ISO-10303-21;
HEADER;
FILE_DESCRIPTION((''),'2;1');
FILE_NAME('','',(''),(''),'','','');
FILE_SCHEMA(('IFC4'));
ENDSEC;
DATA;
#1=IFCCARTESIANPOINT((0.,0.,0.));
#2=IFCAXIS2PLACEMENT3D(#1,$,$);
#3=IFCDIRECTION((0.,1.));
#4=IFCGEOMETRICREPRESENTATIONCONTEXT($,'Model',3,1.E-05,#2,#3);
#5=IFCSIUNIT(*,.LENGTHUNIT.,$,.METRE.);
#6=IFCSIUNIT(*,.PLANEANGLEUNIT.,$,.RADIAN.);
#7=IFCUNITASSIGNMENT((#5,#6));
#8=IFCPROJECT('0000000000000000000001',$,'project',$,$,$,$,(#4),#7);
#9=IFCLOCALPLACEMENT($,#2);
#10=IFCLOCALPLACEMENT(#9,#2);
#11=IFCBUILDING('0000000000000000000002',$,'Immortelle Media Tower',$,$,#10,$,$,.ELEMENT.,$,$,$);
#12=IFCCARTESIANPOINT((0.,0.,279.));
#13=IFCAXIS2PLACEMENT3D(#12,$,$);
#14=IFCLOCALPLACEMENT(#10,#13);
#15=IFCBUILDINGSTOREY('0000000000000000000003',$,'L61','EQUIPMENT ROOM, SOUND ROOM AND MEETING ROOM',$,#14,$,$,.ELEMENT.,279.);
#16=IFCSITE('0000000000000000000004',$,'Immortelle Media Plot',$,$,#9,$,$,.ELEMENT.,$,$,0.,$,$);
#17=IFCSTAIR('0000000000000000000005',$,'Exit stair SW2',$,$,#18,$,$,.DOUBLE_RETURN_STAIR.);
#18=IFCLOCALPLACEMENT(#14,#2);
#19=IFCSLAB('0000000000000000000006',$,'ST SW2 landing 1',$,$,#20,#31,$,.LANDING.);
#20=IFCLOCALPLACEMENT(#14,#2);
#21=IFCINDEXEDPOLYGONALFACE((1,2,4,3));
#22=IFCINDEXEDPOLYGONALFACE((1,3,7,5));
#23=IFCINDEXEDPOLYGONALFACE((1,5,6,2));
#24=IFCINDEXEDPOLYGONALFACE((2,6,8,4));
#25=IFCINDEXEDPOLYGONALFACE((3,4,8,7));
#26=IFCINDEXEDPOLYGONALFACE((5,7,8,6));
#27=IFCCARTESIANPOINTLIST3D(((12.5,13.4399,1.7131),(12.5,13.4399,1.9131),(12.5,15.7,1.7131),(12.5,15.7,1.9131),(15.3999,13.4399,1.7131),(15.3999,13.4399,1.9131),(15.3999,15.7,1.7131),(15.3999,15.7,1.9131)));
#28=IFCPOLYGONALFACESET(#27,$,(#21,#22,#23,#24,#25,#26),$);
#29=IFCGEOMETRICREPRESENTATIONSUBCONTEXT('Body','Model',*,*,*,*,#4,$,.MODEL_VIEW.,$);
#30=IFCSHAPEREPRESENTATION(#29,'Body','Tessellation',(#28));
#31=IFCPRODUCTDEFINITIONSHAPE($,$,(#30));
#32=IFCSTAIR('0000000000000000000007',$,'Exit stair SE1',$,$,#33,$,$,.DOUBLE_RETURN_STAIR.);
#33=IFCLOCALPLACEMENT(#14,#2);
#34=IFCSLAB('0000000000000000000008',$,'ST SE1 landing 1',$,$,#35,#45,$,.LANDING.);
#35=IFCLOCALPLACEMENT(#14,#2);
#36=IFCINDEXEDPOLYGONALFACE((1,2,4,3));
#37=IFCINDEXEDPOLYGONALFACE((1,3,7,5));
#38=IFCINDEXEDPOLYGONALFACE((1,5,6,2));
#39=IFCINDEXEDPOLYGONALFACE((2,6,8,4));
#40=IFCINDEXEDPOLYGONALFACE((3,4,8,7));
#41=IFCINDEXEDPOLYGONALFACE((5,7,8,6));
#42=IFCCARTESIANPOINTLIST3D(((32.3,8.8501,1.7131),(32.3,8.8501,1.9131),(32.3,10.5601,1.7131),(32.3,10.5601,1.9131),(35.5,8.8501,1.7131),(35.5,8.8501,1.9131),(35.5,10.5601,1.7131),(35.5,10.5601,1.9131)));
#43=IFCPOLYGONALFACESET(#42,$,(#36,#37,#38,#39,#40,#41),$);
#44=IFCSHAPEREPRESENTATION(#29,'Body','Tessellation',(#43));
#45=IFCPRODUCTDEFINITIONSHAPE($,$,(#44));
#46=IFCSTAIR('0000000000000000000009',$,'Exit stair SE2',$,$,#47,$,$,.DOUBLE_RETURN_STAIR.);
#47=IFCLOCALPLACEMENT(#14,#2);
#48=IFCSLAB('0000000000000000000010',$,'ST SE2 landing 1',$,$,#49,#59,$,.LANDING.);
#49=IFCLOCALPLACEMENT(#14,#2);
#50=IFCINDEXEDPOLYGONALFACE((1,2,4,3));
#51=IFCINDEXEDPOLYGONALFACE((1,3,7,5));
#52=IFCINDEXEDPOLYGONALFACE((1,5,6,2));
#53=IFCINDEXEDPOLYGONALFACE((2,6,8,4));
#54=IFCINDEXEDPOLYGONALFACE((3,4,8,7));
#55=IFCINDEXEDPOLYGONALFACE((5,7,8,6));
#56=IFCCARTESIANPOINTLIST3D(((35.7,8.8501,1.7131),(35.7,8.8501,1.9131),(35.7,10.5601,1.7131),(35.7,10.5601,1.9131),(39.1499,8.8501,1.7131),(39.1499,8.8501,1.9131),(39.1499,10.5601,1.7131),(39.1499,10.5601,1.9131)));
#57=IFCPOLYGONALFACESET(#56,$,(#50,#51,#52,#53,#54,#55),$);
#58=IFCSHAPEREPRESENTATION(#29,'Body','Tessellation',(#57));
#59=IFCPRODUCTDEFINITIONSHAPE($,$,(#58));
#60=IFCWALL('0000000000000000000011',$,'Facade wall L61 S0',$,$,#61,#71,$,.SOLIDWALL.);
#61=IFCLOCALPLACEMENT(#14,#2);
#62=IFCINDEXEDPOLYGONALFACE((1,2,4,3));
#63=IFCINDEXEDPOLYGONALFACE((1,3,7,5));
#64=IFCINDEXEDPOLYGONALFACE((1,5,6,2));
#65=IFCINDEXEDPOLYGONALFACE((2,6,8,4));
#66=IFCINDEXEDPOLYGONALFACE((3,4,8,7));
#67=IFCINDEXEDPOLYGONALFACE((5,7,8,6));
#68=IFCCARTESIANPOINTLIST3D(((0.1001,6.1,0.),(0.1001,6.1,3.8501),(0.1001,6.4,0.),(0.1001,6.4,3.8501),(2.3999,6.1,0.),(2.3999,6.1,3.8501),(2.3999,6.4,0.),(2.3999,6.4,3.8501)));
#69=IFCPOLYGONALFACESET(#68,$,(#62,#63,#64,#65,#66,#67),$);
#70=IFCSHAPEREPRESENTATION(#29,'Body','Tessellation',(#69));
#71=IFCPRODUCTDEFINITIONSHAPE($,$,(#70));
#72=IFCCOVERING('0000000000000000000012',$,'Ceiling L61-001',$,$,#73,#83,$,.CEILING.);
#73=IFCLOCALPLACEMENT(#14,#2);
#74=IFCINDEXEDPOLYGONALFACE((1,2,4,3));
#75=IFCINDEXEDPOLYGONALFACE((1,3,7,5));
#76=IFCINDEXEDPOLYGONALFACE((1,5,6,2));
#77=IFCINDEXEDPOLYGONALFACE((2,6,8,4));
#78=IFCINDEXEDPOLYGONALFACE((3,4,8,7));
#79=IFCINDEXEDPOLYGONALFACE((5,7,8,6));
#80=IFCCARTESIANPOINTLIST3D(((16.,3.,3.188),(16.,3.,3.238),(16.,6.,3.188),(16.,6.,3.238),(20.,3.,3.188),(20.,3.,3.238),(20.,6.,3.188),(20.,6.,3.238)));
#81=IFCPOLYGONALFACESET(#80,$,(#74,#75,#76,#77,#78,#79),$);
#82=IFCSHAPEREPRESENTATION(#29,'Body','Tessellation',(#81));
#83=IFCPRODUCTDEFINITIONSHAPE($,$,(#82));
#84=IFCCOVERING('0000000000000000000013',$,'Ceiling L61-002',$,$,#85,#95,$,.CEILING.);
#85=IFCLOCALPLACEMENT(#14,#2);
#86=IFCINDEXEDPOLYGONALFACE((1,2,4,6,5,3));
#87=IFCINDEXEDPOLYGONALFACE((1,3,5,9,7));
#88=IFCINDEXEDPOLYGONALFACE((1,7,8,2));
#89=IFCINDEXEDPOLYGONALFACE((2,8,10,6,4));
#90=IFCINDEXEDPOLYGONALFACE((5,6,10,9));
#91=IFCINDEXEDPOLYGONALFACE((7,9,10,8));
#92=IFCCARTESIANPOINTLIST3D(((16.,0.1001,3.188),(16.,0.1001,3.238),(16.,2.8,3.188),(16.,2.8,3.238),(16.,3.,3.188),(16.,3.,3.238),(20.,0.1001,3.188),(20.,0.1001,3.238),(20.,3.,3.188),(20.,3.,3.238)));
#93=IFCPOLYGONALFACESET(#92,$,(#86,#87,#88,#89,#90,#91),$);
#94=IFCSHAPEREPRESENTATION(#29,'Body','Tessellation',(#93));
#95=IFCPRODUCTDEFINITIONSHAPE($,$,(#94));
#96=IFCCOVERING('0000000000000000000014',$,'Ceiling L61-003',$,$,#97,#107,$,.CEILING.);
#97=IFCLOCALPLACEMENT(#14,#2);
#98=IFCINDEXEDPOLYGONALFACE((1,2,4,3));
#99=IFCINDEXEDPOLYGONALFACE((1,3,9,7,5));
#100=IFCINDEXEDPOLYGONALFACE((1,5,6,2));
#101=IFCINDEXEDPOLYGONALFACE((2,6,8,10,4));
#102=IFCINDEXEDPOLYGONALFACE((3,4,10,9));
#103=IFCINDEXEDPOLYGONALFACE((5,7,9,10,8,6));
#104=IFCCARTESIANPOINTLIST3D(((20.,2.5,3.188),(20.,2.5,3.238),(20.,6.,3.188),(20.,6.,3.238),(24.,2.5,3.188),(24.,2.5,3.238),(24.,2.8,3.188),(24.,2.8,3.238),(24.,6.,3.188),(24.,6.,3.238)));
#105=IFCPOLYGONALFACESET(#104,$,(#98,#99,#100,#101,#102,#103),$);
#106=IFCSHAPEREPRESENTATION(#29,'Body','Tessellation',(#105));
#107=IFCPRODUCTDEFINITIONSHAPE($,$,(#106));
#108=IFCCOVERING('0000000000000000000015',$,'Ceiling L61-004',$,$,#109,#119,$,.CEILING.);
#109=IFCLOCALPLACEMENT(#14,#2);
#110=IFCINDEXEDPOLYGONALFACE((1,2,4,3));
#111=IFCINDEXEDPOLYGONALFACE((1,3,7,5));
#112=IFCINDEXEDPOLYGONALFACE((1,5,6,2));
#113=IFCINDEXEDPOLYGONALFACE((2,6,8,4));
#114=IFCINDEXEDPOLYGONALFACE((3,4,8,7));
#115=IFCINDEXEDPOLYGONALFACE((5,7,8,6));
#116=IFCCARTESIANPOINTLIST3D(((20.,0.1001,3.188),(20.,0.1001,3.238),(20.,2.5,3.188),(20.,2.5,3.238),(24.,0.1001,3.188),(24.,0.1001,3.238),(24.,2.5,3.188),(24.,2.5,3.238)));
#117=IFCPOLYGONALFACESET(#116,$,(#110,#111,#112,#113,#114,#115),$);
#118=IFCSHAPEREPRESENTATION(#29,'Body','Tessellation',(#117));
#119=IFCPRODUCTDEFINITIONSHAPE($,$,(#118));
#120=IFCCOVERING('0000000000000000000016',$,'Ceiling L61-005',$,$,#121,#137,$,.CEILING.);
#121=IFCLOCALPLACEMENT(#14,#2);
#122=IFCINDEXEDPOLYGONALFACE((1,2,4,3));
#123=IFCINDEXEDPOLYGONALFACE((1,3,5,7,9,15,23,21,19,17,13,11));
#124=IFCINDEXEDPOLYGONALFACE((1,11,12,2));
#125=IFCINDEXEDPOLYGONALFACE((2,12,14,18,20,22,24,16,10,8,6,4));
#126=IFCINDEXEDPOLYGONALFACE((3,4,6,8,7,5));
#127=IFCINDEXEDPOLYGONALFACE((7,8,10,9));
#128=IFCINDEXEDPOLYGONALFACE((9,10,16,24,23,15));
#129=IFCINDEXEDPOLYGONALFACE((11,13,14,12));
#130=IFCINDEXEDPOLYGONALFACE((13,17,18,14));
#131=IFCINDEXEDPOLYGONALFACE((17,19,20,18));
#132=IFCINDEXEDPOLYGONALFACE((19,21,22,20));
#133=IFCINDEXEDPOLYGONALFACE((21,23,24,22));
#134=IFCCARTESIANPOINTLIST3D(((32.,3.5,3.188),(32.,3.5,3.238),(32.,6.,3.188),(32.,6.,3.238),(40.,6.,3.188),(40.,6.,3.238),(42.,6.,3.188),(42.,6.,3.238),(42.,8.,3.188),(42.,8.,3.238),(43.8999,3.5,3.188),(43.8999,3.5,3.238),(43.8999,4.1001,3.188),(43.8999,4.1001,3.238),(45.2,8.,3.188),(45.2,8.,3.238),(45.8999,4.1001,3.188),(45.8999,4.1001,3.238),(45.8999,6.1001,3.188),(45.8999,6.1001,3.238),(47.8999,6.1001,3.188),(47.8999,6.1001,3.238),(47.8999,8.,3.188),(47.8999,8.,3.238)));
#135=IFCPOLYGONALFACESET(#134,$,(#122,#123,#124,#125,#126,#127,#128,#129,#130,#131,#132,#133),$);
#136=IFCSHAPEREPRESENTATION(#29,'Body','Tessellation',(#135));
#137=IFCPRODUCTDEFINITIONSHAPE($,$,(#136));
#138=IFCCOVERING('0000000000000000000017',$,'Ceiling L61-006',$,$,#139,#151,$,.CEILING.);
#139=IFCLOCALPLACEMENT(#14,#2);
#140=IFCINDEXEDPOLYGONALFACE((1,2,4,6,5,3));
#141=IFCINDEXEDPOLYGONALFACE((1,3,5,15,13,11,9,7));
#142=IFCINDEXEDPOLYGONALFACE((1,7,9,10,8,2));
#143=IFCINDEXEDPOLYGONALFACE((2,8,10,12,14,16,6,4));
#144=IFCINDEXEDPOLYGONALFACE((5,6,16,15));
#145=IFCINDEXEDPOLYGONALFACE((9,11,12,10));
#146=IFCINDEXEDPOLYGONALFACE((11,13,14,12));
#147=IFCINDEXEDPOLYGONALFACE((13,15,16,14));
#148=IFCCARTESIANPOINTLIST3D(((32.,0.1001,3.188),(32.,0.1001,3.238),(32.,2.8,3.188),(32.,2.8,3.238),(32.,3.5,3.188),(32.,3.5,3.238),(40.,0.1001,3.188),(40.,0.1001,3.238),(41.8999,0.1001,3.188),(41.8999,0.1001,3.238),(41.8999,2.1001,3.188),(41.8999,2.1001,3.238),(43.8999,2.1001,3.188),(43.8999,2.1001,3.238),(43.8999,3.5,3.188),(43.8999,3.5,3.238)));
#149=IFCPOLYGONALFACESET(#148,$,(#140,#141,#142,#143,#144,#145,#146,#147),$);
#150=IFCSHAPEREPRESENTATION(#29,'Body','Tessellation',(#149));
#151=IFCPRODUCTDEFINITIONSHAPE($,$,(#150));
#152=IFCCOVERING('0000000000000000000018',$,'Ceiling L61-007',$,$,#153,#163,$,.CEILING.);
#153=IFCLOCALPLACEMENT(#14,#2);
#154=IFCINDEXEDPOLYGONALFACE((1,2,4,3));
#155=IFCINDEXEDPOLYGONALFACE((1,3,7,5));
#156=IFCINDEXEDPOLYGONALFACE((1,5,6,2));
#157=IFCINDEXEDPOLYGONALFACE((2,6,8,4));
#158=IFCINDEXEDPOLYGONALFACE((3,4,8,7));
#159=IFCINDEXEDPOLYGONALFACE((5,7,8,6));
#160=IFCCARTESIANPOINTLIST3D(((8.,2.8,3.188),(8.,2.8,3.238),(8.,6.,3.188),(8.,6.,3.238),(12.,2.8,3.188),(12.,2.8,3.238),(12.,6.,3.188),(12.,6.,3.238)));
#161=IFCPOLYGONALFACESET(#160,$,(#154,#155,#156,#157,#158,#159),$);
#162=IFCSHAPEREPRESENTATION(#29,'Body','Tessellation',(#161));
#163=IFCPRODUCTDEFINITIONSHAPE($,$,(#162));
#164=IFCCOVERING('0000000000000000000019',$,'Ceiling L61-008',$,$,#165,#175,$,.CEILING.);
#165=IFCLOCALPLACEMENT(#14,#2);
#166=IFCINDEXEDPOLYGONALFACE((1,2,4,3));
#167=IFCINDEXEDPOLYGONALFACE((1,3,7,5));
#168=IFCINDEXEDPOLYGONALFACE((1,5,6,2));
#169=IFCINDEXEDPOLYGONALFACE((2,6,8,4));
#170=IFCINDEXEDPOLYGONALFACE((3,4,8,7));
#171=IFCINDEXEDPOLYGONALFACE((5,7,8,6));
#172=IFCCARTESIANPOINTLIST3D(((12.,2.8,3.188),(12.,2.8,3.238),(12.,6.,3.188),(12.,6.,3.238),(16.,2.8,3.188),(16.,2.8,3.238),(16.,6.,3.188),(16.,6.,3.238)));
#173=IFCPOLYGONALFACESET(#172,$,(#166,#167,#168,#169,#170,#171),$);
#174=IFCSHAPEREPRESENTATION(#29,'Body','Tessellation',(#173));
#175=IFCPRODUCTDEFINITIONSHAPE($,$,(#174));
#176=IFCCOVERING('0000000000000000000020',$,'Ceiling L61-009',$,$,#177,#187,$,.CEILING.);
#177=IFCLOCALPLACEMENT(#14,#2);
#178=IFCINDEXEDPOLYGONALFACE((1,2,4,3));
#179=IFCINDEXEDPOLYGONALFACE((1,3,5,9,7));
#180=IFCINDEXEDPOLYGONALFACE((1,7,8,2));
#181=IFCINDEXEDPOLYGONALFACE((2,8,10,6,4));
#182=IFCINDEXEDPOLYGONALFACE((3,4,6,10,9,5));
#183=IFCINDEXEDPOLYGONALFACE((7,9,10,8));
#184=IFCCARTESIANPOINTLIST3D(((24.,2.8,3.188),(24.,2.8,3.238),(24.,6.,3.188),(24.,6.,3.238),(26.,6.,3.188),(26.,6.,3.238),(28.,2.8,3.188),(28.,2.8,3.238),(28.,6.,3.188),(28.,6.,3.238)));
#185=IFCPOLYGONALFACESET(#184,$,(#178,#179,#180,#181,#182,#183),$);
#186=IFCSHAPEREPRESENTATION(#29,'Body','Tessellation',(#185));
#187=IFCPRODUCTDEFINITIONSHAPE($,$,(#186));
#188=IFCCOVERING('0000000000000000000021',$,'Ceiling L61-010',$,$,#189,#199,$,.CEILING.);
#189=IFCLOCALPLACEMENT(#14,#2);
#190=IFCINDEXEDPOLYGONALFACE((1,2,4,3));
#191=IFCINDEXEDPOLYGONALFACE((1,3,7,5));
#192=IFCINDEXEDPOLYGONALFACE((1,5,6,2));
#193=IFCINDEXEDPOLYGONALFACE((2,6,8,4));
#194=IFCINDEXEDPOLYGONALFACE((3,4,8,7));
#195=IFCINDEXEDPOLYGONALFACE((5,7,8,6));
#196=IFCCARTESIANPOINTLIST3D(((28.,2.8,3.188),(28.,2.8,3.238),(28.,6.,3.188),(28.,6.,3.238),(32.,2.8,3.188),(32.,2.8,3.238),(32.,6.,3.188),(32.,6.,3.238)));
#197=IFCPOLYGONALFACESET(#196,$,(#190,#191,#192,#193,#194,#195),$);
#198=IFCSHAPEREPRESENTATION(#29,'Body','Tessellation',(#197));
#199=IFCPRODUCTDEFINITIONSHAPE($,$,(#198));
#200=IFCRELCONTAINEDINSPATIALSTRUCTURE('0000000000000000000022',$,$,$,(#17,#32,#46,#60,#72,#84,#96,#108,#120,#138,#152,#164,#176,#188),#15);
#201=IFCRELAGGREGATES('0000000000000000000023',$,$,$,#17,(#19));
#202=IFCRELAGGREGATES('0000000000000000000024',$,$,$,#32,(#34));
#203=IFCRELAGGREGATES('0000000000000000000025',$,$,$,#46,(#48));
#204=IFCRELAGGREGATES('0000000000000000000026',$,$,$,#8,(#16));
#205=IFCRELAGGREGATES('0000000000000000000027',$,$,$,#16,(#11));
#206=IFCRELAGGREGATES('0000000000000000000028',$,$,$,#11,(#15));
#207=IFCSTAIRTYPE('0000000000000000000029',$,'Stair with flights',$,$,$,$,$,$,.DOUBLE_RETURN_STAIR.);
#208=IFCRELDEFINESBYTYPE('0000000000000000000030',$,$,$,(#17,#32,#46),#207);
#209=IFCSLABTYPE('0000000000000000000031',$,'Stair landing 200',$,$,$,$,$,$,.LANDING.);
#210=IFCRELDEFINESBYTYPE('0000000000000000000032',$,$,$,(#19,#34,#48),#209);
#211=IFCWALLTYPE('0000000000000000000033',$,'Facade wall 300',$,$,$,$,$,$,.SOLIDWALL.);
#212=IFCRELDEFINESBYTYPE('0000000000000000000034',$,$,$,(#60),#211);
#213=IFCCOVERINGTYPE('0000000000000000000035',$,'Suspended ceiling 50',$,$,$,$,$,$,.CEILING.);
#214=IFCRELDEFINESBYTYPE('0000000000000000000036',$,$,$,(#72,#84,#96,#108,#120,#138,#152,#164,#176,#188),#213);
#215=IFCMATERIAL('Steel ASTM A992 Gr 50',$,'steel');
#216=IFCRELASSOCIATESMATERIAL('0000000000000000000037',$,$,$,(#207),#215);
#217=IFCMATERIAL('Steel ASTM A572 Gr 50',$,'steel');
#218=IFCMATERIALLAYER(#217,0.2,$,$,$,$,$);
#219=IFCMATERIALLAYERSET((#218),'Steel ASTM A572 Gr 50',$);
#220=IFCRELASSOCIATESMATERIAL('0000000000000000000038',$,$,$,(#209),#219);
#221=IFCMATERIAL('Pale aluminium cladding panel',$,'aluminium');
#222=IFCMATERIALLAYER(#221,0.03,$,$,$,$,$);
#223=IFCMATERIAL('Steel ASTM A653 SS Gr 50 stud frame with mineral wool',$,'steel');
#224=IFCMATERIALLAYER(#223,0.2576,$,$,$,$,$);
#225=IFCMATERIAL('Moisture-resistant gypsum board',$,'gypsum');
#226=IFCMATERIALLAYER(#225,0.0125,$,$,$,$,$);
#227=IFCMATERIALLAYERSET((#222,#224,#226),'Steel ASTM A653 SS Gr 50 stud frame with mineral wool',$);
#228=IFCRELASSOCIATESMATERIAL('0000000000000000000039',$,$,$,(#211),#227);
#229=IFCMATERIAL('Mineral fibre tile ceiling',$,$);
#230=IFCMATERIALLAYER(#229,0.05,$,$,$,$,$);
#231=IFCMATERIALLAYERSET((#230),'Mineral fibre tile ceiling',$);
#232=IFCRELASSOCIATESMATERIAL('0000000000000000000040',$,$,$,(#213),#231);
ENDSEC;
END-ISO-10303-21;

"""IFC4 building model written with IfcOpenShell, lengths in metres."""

from ifc_helpers import new_model, si_unit, direction, frame, frame_2d, origin, place, context, subcontext, project, spatial, polyline, rectangle, outline, extrude, material, layer, layer_set, type_object, element, aggregate, save


model = new_model("IFC4")

# Units and contexts
model_context = context("Model", 3, precision=1e-05, world=origin(), true_north=direction((0.0, 1.0)))
body_context = subcontext(model_context, "Body", "Model", "MODEL_VIEW")
ifc_project = project(units=[si_unit("LENGTHUNIT", "METRE"), si_unit("PLANEANGLEUNIT", "RADIAN")], contexts=[model_context])

# Site, building, storey
site_placement = place(None, origin())
site = spatial("IfcSite", under=ifc_project, at=site_placement, Name="Immortelle Media Plot", CompositionType="ELEMENT", RefElevation=0.0)
building_placement = place(site_placement, origin())
building = spatial("IfcBuilding", under=site, at=building_placement, Name="Immortelle Media Tower", CompositionType="ELEMENT")
storey_placement = place(building_placement, frame((0.0, 0.0, 279.0)))
storey = spatial("IfcBuildingStorey", under=building, at=storey_placement, Name="L61", Description="EQUIPMENT ROOM, SOUND ROOM AND MEETING ROOM", CompositionType="ELEMENT", Elevation=279.0)

# Shared definitions
ifc_material_1 = material(Name="Steel ASTM A992 Gr 50", Category="steel")

# Stairs, slabs
stair_type = type_object("IfcStairType", Name="Stair with flights", PredefinedType="DOUBLE_RETURN_STAIR", material=ifc_material_1)
ifc_material_2 = material(Name="Steel ASTM A572 Gr 50", Category="steel")
ifc_layer_1 = layer(ifc_material_2, 0.2)
ifc_layer_set_1 = layer_set([ifc_layer_1], Name="Steel ASTM A572 Gr 50")
slab_type_1 = type_object("IfcSlabType", Name="Stair landing 200", PredefinedType="LANDING", material=ifc_layer_set_1)
stair_1_placement = place(storey_placement, origin())
stair_1 = element("IfcStair", 1, at=stair_1_placement, inside=storey, type_object=stair_type, Name="Exit stair SW2", PredefinedType="DOUBLE_RETURN_STAIR")
slab_1_placement = place(storey_placement, frame((0.0, 0.0, 1.7131)))
slab_1 = element("IfcSlab", 2, at=slab_1_placement, type_object=slab_type_1, Name="ST SW2 landing 1", PredefinedType="LANDING", context=body_context, shape_type="SweptSolid", body=[
    extrude(outline(polyline([(12.5, 13.4399), (15.3999, 13.4399), (15.3999, 15.7), (12.5, 15.7), (12.5, 13.4399)])), origin(), (0.0, 0.0, 1.0), 0.2),
])
aggregate(stair_1, [slab_1])
stair_2_placement = place(storey_placement, origin())
stair_2 = element("IfcStair", 3, at=stair_2_placement, inside=storey, type_object=stair_type, Name="Exit stair SE1", PredefinedType="DOUBLE_RETURN_STAIR")
slab_2_placement = place(storey_placement, frame((0.0, 0.0, 1.7131)))
slab_2 = element("IfcSlab", 4, at=slab_2_placement, type_object=slab_type_1, Name="ST SE1 landing 1", PredefinedType="LANDING", context=body_context, shape_type="SweptSolid", body=[
    extrude(outline(polyline([(32.3, 8.8501), (35.5, 8.8501), (35.5, 10.5601), (32.3, 10.5601), (32.3, 8.8501)])), origin(), (0.0, 0.0, 1.0), 0.2),
])
aggregate(stair_2, [slab_2])
stair_3_placement = place(storey_placement, origin())
stair_3 = element("IfcStair", 5, at=stair_3_placement, inside=storey, type_object=stair_type, Name="Exit stair SE2", PredefinedType="DOUBLE_RETURN_STAIR")
slab_3_placement = place(storey_placement, frame((0.0, 0.0, 1.7131)))
slab_3 = element("IfcSlab", 6, at=slab_3_placement, type_object=slab_type_1, Name="ST SE2 landing 1", PredefinedType="LANDING", context=body_context, shape_type="SweptSolid", body=[
    extrude(outline(polyline([(35.7, 8.8501), (39.1499, 8.8501), (39.1499, 10.5601), (35.7, 10.5601), (35.7, 8.8501)])), origin(), (0.0, 0.0, 1.0), 0.2),
])
aggregate(stair_3, [slab_3])

# Wall
ifc_material_3 = material(Name="Pale aluminium cladding panel", Category="aluminium")
ifc_layer_2 = layer(ifc_material_3, 0.03)
ifc_material_4 = material(Name="Steel ASTM A653 SS Gr 50 stud frame with mineral wool", Category="steel")
ifc_layer_3 = layer(ifc_material_4, 0.2576)
ifc_material_5 = material(Name="Moisture-resistant gypsum board", Category="gypsum")
ifc_layer_4 = layer(ifc_material_5, 0.0125)
ifc_layer_set_2 = layer_set([ifc_layer_2, ifc_layer_3, ifc_layer_4], Name="Steel ASTM A653 SS Gr 50 stud frame with mineral wool")
wall_type = type_object("IfcWallType", Name="Facade wall 300", PredefinedType="SOLIDWALL", material=ifc_layer_set_2)
wall_placement = place(storey_placement, frame((0.1001, 6.25, 0.0), z_axis=(0.0, 0.0, 1.0), x_axis=(1.0, 0.0, 0.0)))
element("IfcWall", 7, at=wall_placement, inside=storey, type_object=wall_type, Name="Facade wall L61 S0", PredefinedType="SOLIDWALL", context=body_context, shape_type="SweptSolid", body=[
    extrude(rectangle(XDim=2.2998, YDim=0.3, at=frame_2d((1.1499, 0.0))), origin(), (0.0, 0.0, 1.0), 3.8501),
])

# Coverings
ifc_material_6 = material(Name="Mineral fibre tile ceiling")
ifc_layer_5 = layer(ifc_material_6, 0.05)
ifc_layer_set_3 = layer_set([ifc_layer_5], Name="Mineral fibre tile ceiling")
covering_type = type_object("IfcCoveringType", Name="Suspended ceiling 50", PredefinedType="CEILING", material=ifc_layer_set_3)
covering_1_placement = place(storey_placement, frame((0.0, 0.0, 3.188)))
element("IfcCovering", 8, at=covering_1_placement, inside=storey, type_object=covering_type, Name="Ceiling L61-001", PredefinedType="CEILING", context=body_context, shape_type="SweptSolid", body=[
    extrude(outline(polyline([(16.0, 6.0), (20.0, 6.0), (20.0, 3.0), (16.0, 3.0), (16.0, 6.0)])), origin(), (0.0, 0.0, 1.0), 0.05),
])
covering_2_placement = place(storey_placement, frame((0.0, 0.0, 3.188)))
element("IfcCovering", 9, at=covering_2_placement, inside=storey, type_object=covering_type, Name="Ceiling L61-002", PredefinedType="CEILING", context=body_context, shape_type="SweptSolid", body=[
    extrude(outline(polyline([(16.0, 3.0), (20.0, 3.0), (20.0, 0.1001), (16.0, 0.1001), (16.0, 2.8), (16.0, 3.0)])), origin(), (0.0, 0.0, 1.0), 0.05),
])
covering_3_placement = place(storey_placement, frame((0.0, 0.0, 3.188)))
element("IfcCovering", 10, at=covering_3_placement, inside=storey, type_object=covering_type, Name="Ceiling L61-003", PredefinedType="CEILING", context=body_context, shape_type="SweptSolid", body=[
    extrude(outline(polyline([(24.0, 2.8), (24.0, 2.5), (20.0, 2.5), (20.0, 6.0), (24.0, 6.0), (24.0, 2.8)])), origin(), (0.0, 0.0, 1.0), 0.05),
])
covering_4_placement = place(storey_placement, frame((0.0, 0.0, 3.188)))
element("IfcCovering", 11, at=covering_4_placement, inside=storey, type_object=covering_type, Name="Ceiling L61-004", PredefinedType="CEILING", context=body_context, shape_type="SweptSolid", body=[
    extrude(outline(polyline([(24.0, 0.1001), (20.0, 0.1001), (20.0, 2.5), (24.0, 2.5), (24.0, 0.1001)])), origin(), (0.0, 0.0, 1.0), 0.05),
])
covering_5_placement = place(storey_placement, frame((0.0, 0.0, 3.188)))
element("IfcCovering", 12, at=covering_5_placement, inside=storey, type_object=covering_type, Name="Ceiling L61-005", PredefinedType="CEILING", context=body_context, shape_type="SweptSolid", body=[
    extrude(outline(polyline([(32.0, 6.0), (40.0, 6.0), (42.0, 6.0), (42.0, 8.0), (45.2, 8.0), (47.8999, 8.0), (47.8999, 6.1001), (45.8999, 6.1001), (45.8999, 4.1001), (43.8999, 4.1001), (43.8999, 3.5), (32.0, 3.5), (32.0, 6.0)])), origin(), (0.0, 0.0, 1.0), 0.05),
])
covering_6_placement = place(storey_placement, frame((0.0, 0.0, 3.188)))
element("IfcCovering", 13, at=covering_6_placement, inside=storey, type_object=covering_type, Name="Ceiling L61-006", PredefinedType="CEILING", context=body_context, shape_type="SweptSolid", body=[
    extrude(outline(polyline([(32.0, 3.5), (43.8999, 3.5), (43.8999, 2.1001), (41.8999, 2.1001), (41.8999, 0.1001), (40.0, 0.1001), (32.0, 0.1001), (32.0, 2.8), (32.0, 3.5)])), origin(), (0.0, 0.0, 1.0), 0.05),
])
covering_7_placement = place(storey_placement, frame((0.0, 0.0, 3.188)))
element("IfcCovering", 14, at=covering_7_placement, inside=storey, type_object=covering_type, Name="Ceiling L61-007", PredefinedType="CEILING", context=body_context, shape_type="SweptSolid", body=[
    extrude(outline(polyline([(8.0, 6.0), (12.0, 6.0), (12.0, 2.8), (8.0, 2.8), (8.0, 6.0)])), origin(), (0.0, 0.0, 1.0), 0.05),
])
covering_8_placement = place(storey_placement, frame((0.0, 0.0, 3.188)))
element("IfcCovering", 15, at=covering_8_placement, inside=storey, type_object=covering_type, Name="Ceiling L61-008", PredefinedType="CEILING", context=body_context, shape_type="SweptSolid", body=[
    extrude(outline(polyline([(16.0, 6.0), (16.0, 2.8), (12.0, 2.8), (12.0, 6.0), (16.0, 6.0)])), origin(), (0.0, 0.0, 1.0), 0.05),
])
covering_9_placement = place(storey_placement, frame((0.0, 0.0, 3.188)))
element("IfcCovering", 16, at=covering_9_placement, inside=storey, type_object=covering_type, Name="Ceiling L61-009", PredefinedType="CEILING", context=body_context, shape_type="SweptSolid", body=[
    extrude(outline(polyline([(24.0, 6.0), (26.0, 6.0), (28.0, 6.0), (28.0, 2.8), (24.0, 2.8), (24.0, 6.0)])), origin(), (0.0, 0.0, 1.0), 0.05),
])
covering_10_placement = place(storey_placement, frame((0.0, 0.0, 3.188)))
element("IfcCovering", 17, at=covering_10_placement, inside=storey, type_object=covering_type, Name="Ceiling L61-010", PredefinedType="CEILING", context=body_context, shape_type="SweptSolid", body=[
    extrude(outline(polyline([(32.0, 6.0), (32.0, 2.8), (28.0, 2.8), (28.0, 6.0), (32.0, 6.0)])), origin(), (0.0, 0.0, 1.0), 0.05),
])

save(model, "model.ifc")
